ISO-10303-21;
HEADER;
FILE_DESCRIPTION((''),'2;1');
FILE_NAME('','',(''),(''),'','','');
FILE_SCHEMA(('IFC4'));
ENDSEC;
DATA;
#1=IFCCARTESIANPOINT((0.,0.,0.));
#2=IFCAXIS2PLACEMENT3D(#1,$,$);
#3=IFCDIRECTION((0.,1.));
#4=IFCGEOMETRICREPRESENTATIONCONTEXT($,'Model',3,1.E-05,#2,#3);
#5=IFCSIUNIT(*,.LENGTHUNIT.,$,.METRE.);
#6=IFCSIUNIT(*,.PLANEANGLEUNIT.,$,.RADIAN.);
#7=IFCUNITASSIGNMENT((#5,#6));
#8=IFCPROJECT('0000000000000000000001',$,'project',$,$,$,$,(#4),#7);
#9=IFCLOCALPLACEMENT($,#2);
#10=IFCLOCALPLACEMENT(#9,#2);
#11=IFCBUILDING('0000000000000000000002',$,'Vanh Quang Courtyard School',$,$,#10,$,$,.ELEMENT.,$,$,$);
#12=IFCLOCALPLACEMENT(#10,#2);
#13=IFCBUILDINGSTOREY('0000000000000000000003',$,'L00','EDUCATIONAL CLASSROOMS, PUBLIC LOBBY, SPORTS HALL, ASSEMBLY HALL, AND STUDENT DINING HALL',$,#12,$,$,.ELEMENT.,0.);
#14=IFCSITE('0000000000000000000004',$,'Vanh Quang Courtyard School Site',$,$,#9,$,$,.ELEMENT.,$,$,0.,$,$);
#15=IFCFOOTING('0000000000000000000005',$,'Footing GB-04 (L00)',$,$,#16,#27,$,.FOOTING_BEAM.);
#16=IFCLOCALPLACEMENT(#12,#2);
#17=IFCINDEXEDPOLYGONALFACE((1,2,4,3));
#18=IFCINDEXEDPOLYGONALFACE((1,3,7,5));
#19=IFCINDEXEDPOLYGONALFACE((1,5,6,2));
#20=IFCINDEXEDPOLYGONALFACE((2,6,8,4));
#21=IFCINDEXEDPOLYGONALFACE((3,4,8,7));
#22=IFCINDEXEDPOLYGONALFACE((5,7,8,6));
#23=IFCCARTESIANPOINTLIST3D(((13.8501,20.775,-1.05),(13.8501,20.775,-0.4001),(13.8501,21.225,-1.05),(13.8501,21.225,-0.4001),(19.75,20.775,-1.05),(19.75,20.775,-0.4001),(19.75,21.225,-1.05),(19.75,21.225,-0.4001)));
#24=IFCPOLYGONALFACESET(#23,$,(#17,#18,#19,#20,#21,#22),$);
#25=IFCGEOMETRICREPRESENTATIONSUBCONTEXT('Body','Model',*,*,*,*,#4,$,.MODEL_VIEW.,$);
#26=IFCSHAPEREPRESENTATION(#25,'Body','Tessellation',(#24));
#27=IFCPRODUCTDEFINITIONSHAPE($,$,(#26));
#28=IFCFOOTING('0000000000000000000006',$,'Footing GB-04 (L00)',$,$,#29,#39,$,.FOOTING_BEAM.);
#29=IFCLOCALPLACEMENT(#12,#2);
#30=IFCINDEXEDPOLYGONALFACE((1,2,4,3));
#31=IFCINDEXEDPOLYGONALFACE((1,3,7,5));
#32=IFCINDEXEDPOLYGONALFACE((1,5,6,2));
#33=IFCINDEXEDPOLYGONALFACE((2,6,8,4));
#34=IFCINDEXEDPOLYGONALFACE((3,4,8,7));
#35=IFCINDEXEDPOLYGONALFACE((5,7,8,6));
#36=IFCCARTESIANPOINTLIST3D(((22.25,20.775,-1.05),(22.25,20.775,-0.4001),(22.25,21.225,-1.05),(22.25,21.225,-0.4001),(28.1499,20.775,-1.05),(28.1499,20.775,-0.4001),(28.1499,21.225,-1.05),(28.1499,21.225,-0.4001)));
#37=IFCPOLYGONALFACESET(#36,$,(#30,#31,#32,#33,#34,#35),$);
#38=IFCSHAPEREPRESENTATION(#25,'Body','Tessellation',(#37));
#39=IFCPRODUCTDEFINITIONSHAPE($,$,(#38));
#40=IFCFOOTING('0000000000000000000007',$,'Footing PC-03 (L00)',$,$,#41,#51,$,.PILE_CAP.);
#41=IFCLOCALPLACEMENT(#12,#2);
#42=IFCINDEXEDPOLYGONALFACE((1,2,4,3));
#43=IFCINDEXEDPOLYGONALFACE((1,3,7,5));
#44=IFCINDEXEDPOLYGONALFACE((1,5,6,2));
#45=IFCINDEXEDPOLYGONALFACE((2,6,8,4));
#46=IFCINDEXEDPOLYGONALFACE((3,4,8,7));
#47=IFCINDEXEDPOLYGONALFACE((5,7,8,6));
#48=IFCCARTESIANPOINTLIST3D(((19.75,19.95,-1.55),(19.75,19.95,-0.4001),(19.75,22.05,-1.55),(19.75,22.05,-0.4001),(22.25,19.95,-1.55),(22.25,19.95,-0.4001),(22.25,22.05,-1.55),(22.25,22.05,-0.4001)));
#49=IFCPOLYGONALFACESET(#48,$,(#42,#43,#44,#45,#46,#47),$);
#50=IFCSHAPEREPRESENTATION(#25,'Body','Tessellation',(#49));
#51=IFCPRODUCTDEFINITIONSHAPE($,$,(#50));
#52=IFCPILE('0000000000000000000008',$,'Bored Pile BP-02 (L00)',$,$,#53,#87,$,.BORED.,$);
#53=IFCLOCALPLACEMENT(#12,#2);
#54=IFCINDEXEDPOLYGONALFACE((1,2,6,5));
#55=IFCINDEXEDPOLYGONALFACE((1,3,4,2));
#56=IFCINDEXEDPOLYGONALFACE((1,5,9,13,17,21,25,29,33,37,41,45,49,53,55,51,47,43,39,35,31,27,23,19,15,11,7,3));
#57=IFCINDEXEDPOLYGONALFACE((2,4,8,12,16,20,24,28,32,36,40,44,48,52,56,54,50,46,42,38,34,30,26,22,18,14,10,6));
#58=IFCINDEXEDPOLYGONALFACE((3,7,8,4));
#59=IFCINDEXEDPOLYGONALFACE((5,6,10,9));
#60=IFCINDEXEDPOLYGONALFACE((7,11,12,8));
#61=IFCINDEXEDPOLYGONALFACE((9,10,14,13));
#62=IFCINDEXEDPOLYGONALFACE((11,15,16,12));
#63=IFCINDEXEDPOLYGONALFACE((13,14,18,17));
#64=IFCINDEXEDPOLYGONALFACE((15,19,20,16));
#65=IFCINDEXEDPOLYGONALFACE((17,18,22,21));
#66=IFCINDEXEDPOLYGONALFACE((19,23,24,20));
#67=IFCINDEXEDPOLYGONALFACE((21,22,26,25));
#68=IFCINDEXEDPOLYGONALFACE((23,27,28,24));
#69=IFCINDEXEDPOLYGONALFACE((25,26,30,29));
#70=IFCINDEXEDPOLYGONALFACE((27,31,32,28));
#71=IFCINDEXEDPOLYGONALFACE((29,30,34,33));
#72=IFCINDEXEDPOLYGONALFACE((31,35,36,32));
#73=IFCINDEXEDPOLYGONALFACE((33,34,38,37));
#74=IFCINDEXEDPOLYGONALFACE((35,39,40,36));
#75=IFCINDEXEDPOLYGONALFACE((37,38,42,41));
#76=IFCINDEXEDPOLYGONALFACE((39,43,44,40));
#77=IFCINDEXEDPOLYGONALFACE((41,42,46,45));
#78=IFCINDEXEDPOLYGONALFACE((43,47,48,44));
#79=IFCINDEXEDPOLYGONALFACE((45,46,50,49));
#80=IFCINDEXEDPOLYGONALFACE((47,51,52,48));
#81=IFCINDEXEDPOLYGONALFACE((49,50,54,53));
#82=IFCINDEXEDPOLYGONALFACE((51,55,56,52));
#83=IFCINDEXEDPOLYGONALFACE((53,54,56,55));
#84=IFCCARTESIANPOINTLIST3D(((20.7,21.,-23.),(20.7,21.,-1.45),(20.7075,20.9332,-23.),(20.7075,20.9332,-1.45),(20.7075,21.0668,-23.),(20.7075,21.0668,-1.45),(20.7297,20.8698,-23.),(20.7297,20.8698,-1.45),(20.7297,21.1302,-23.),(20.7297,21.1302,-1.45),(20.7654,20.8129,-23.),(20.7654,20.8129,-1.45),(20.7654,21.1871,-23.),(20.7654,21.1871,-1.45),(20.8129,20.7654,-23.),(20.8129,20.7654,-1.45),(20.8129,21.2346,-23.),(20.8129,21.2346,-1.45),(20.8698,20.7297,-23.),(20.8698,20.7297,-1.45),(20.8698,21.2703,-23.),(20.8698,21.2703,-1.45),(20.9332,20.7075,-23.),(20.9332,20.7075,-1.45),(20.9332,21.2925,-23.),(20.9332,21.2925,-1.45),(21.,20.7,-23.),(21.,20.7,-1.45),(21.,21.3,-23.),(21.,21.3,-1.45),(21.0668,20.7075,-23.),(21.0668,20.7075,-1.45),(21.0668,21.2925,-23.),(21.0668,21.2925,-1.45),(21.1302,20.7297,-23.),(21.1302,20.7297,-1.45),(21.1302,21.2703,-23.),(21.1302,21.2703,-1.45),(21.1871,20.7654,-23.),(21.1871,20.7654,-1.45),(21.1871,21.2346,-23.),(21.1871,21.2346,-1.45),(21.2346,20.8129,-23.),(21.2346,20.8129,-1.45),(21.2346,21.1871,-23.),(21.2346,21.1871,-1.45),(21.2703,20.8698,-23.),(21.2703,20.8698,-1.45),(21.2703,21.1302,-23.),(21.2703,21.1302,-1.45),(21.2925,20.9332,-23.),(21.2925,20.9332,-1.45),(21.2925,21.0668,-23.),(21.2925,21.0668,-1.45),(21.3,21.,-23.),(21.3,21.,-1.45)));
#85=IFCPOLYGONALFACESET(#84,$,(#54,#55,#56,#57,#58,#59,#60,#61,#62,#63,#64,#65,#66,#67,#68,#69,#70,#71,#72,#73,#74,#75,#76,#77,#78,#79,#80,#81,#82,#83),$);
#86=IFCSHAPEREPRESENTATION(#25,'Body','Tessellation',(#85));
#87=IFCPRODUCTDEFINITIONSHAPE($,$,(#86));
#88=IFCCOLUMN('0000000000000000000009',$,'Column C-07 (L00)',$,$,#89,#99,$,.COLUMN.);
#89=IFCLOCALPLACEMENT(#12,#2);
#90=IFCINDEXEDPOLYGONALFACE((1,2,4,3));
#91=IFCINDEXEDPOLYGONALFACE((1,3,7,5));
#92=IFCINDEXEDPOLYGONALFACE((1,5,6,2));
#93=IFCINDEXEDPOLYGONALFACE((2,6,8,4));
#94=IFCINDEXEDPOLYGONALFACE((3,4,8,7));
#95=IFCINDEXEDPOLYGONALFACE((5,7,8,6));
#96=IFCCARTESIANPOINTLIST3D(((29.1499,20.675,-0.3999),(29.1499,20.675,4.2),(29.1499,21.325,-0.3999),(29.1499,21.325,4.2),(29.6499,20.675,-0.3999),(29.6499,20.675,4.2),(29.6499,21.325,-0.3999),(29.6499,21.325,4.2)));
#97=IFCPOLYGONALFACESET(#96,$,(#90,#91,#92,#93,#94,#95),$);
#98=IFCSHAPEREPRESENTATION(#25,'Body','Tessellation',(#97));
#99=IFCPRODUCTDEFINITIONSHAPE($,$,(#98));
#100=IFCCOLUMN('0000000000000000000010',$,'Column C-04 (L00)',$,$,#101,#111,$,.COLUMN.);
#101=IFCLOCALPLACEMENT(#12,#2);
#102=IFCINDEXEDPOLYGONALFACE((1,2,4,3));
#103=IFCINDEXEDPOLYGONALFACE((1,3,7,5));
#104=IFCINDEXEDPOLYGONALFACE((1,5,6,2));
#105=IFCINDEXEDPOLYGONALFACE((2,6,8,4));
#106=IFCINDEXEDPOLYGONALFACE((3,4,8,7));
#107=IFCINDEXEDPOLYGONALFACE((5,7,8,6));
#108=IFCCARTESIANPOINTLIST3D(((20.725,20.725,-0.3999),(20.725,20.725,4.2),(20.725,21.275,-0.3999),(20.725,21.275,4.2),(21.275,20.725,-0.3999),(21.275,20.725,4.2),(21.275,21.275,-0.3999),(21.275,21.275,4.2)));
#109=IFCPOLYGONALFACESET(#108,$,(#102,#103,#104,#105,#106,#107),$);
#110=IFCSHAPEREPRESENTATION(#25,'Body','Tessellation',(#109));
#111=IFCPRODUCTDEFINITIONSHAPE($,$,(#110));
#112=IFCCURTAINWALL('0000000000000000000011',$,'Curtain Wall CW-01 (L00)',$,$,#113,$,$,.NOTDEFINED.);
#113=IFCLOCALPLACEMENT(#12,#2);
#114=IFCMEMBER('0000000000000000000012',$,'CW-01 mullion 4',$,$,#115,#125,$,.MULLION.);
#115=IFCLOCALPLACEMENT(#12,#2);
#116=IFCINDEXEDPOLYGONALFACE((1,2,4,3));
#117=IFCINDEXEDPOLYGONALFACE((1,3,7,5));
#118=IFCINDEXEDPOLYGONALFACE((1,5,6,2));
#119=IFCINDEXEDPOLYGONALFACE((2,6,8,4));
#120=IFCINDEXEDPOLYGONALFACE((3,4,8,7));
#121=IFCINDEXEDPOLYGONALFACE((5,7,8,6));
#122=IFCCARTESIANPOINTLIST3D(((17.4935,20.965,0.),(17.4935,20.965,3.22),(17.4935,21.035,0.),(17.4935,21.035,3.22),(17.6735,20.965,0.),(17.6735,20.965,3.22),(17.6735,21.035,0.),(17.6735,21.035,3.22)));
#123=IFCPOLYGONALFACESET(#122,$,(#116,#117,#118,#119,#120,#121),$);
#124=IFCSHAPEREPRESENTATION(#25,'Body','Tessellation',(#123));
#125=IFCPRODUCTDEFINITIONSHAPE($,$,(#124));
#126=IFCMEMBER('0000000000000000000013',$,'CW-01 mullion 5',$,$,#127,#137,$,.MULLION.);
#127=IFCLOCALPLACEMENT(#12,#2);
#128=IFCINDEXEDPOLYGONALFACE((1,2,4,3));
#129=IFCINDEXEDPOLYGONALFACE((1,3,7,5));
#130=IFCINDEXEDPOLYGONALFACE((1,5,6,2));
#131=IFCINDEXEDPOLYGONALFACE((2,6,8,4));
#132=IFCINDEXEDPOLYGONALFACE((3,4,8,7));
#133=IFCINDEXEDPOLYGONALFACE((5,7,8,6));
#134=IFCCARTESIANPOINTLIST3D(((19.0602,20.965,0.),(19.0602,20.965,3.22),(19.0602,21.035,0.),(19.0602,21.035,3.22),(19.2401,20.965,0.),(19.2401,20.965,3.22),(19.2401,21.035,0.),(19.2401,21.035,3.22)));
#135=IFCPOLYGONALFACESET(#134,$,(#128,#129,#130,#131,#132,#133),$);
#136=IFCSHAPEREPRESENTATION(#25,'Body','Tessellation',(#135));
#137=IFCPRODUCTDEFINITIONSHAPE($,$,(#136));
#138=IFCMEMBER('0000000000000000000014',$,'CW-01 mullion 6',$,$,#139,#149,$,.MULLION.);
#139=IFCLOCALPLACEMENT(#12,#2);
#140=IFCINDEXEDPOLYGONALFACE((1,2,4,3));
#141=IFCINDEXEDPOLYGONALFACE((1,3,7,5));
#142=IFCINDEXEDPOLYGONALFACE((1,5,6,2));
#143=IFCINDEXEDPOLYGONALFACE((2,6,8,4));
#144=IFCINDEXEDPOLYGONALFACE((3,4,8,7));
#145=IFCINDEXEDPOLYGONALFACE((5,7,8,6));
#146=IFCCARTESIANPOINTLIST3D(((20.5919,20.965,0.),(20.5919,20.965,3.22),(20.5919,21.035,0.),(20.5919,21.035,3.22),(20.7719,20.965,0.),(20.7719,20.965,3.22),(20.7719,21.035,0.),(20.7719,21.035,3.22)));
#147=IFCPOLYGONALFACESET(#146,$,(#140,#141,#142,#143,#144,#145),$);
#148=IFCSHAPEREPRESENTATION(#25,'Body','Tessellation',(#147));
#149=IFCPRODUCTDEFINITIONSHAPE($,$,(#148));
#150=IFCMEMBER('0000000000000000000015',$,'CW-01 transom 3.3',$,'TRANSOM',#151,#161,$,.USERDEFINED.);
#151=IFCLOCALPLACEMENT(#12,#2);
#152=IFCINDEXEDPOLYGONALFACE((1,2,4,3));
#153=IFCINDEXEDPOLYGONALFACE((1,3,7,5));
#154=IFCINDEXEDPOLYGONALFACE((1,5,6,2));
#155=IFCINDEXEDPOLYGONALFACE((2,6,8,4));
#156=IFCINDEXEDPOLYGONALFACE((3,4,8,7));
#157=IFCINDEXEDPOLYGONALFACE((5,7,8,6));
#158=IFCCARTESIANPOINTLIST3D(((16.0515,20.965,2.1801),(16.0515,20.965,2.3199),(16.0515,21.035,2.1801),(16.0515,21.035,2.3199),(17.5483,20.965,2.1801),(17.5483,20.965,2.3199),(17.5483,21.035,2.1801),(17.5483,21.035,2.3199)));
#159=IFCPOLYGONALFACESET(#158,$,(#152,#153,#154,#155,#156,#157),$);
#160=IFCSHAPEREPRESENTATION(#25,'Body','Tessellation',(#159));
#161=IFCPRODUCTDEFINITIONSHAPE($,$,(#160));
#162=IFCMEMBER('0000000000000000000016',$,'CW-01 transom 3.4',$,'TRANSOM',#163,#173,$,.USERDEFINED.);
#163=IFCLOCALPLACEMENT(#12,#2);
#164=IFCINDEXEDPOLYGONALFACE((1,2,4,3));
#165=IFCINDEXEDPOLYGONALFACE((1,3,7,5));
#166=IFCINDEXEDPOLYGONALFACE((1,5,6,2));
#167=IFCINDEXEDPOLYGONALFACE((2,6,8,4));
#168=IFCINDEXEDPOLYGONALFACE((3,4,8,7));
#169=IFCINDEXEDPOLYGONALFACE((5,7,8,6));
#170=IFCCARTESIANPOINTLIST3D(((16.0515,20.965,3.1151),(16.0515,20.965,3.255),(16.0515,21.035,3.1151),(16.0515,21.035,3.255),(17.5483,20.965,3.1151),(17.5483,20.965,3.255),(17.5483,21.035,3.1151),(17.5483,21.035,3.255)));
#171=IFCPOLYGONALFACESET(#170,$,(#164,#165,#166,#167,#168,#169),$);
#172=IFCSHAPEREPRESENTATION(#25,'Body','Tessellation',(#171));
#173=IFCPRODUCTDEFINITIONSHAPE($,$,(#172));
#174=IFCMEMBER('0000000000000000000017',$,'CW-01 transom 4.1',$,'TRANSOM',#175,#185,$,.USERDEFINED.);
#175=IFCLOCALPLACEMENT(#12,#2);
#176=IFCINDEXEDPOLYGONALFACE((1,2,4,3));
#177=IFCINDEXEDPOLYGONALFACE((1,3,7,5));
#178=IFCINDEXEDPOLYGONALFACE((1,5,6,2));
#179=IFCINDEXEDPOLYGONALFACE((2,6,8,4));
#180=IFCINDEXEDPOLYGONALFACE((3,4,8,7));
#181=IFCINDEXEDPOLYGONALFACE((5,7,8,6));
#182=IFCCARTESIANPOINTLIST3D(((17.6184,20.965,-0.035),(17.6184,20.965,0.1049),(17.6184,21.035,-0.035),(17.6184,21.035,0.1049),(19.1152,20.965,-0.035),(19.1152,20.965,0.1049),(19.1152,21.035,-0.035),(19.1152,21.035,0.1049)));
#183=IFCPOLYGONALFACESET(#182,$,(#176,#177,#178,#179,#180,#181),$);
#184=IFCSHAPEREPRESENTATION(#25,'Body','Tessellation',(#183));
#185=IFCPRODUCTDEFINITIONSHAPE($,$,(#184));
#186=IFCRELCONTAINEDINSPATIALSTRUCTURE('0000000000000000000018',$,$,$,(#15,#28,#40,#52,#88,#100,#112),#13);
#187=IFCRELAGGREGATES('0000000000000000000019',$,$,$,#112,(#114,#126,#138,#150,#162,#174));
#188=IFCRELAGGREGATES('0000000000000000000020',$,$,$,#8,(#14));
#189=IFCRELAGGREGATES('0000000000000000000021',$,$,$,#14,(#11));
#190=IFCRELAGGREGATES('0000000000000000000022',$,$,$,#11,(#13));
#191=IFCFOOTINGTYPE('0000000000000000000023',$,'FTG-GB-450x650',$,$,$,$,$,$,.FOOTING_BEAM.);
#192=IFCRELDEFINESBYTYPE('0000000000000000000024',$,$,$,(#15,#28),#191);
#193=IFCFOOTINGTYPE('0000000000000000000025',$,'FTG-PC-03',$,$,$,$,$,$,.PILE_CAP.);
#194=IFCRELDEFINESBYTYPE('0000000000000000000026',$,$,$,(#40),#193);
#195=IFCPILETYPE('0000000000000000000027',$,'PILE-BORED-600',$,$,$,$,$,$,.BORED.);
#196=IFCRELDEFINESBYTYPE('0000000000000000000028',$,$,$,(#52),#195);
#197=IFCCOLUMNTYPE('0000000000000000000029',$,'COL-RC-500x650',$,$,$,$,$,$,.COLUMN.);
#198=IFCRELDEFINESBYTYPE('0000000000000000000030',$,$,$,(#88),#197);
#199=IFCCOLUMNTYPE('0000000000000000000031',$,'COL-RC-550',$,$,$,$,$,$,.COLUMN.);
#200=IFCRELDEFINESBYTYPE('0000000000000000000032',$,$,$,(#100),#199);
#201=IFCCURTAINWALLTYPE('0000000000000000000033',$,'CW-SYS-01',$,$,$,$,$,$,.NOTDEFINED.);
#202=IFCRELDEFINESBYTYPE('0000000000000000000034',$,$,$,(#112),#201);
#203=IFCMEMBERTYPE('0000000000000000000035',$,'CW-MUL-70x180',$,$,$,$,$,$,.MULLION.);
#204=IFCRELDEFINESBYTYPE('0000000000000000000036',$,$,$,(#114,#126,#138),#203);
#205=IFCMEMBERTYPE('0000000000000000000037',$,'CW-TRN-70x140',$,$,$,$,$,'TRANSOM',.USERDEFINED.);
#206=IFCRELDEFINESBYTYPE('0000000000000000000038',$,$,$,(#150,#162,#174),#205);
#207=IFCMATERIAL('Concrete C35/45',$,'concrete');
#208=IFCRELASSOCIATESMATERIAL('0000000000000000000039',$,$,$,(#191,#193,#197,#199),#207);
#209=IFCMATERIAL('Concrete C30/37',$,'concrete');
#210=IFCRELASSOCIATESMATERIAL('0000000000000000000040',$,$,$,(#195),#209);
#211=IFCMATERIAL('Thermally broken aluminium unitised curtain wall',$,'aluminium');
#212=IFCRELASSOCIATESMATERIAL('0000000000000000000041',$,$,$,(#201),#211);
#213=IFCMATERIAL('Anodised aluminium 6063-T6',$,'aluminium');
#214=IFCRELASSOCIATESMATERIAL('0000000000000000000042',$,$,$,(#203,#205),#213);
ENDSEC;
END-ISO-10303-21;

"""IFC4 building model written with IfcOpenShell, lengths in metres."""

from ifc_helpers import new_model, si_unit, direction, frame, origin, origin_2d, place, context, subcontext, project, spatial, rectangle, circle, extrude, material, material_profile, profile_set, type_object, element, aggregate, save


model = new_model("IFC4")

# Units and contexts
model_context = context("Model", 3, precision=1e-05, world=origin(), true_north=direction((0.0, 1.0)))
body_context = subcontext(model_context, "Body", "Model", "MODEL_VIEW")
ifc_project = project(units=[si_unit("LENGTHUNIT", "METRE"), si_unit("PLANEANGLEUNIT", "RADIAN")], contexts=[model_context])

# Site, building, storey
site_placement = place(None, origin())
site = spatial("IfcSite", under=ifc_project, at=site_placement, Name="Vanh Quang Courtyard School Site", CompositionType="ELEMENT", RefElevation=0.0)
building_placement = place(site_placement, origin())
building = spatial("IfcBuilding", under=site, at=building_placement, Name="Vanh Quang Courtyard School", CompositionType="ELEMENT")
storey_placement = place(building_placement, origin())
storey = spatial("IfcBuildingStorey", under=building, at=storey_placement, Name="L00", Description="EDUCATIONAL CLASSROOMS, PUBLIC LOBBY, SPORTS HALL, ASSEMBLY HALL, AND STUDENT DINING HALL", CompositionType="ELEMENT", Elevation=0.0)

# Footings
ifc_material_1 = material(Name="Concrete C35/45", Category="concrete")
footing_type_1 = type_object("IfcFootingType", Name="FTG-GB-450x650", PredefinedType="FOOTING_BEAM", material=ifc_material_1)
for number, where, z_axis, x_axis, name in (
    (1, (16.8, 21.0, -1.05), (0.0, 0.0, 1.0), (1.0, 0.0, 0.0), "Footing GB-04 (L00)"),
    (2, (25.2, 21.0, -1.05), (0.0, 0.0, 1.0), (1.0, 0.0, 0.0), "Footing GB-04 (L00)"),
):
    element("IfcFooting", number, at=place(storey_placement, frame(where, z_axis=z_axis, x_axis=x_axis)), inside=storey, type_object=footing_type_1, Name=name, PredefinedType="FOOTING_BEAM", context=body_context, shape_type="SweptSolid", body=[
        extrude(rectangle(XDim=5.8999, YDim=0.45, at=origin_2d()), origin(), (0.0, 0.0, 1.0), 0.6499),
    ])
footing_type_2 = type_object("IfcFootingType", Name="FTG-PC-03", PredefinedType="PILE_CAP", material=ifc_material_1)
footing_placement = place(storey_placement, frame((21.0, 21.0, -1.55), z_axis=(0.0, 0.0, 1.0), x_axis=(1.0, 0.0, 0.0)))
element("IfcFooting", 3, at=footing_placement, inside=storey, type_object=footing_type_2, Name="Footing PC-03 (L00)", PredefinedType="PILE_CAP", context=body_context, shape_type="SweptSolid", body=[
    extrude(rectangle(XDim=2.5, YDim=2.1001, at=origin_2d()), origin(), (0.0, 0.0, 1.0), 1.1499),
])

# Pile
ifc_material_2 = material(Name="Concrete C30/37", Category="concrete")
ifc_material_profile_1 = material_profile(ifc_material_2, circle(Radius=0.3, at=origin_2d()), Name="PILE D600")
ifc_profile_set_1 = profile_set([ifc_material_profile_1], Name="Concrete C30/37")
pile_type = type_object("IfcPileType", Name="PILE-BORED-600", PredefinedType="BORED", material=ifc_profile_set_1)
pile_placement = place(storey_placement, frame((21.0, 21.0, -1.45), z_axis=(0.0, 0.0, -1.0), x_axis=(1.0, 0.0, 0.0)))
element("IfcPile", 4, at=pile_placement, inside=storey, type_object=pile_type, Name="Bored Pile BP-02 (L00)", PredefinedType="BORED", context=body_context, shape_type="SweptSolid", body=[
    extrude(circle(Radius=0.3, at=origin_2d()), origin(), (0.0, 0.0, 1.0), 21.55),
])

# Columns
ifc_material_profile_2 = material_profile(ifc_material_1, rectangle(XDim=0.5, YDim=0.6499, at=origin_2d()), Name="RC-COL 500x650")
ifc_profile_set_2 = profile_set([ifc_material_profile_2], Name="Concrete C35/45")
column_type_1 = type_object("IfcColumnType", Name="COL-RC-500x650", PredefinedType="COLUMN", material=ifc_profile_set_2)
column_1_placement = place(storey_placement, frame((29.3999, 21.0, -0.3999), z_axis=(0.0, 0.0, 1.0), x_axis=(1.0, 0.0, 0.0)))
element("IfcColumn", 5, at=column_1_placement, inside=storey, type_object=column_type_1, Name="Column C-07 (L00)", PredefinedType="COLUMN", context=body_context, shape_type="SweptSolid", body=[
    extrude(rectangle(XDim=0.5, YDim=0.6499, at=origin_2d()), origin(), (0.0, 0.0, 1.0), 4.5999),
])
ifc_material_profile_3 = material_profile(ifc_material_1, rectangle(XDim=0.55, YDim=0.55, at=origin_2d()), Name="RC-COL 550x550")
ifc_profile_set_3 = profile_set([ifc_material_profile_3], Name="Concrete C35/45")
column_type_2 = type_object("IfcColumnType", Name="COL-RC-550", PredefinedType="COLUMN", material=ifc_profile_set_3)
column_2_placement = place(storey_placement, frame((21.0, 21.0, -0.3999), z_axis=(0.0, 0.0, 1.0), x_axis=(1.0, 0.0, 0.0)))
element("IfcColumn", 6, at=column_2_placement, inside=storey, type_object=column_type_2, Name="Column C-04 (L00)", PredefinedType="COLUMN", context=body_context, shape_type="SweptSolid", body=[
    extrude(rectangle(XDim=0.55, YDim=0.55, at=origin_2d()), origin(), (0.0, 0.0, 1.0), 4.5999),
])

# Curtain wall, members
ifc_material_3 = material(Name="Thermally broken aluminium unitised curtain wall", Category="aluminium")
curtain_wall_type = type_object("IfcCurtainWallType", Name="CW-SYS-01", PredefinedType="NOTDEFINED", material=ifc_material_3)
curtain_wall_placement = place(storey_placement, origin())
curtain_wall = element("IfcCurtainWall", 7, at=curtain_wall_placement, inside=storey, type_object=curtain_wall_type, Name="Curtain Wall CW-01 (L00)", PredefinedType="NOTDEFINED")
ifc_material_4 = material(Name="Anodised aluminium 6063-T6", Category="aluminium")
ifc_material_profile_4 = material_profile(ifc_material_4, rectangle(XDim=0.0701, YDim=0.1799, at=origin_2d()), Name="ALU-MUL 70x180")
ifc_profile_set_4 = profile_set([ifc_material_profile_4], Name="Anodised aluminium 6063-T6")
member_type_1 = type_object("IfcMemberType", Name="CW-MUL-70x180", PredefinedType="MULLION", material=ifc_profile_set_4)
member_1_placement = place(storey_placement, frame((17.5835, 21.0, 0.0), z_axis=(0.0, 0.0, 1.0), x_axis=(0.0, 1.0, 0.0)))
member_1 = element("IfcMember", 8, at=member_1_placement, type_object=member_type_1, Name="CW-01 mullion 4", PredefinedType="MULLION", context=body_context, shape_type="SweptSolid", body=[
    extrude(rectangle(XDim=0.0701, YDim=0.1799, at=origin_2d()), origin(), (0.0, 0.0, 1.0), 3.22),
])
member_2_placement = place(storey_placement, frame((19.1501, 21.0, 0.0), z_axis=(0.0, 0.0, 1.0), x_axis=(0.0, 1.0, 0.0)))
member_2 = element("IfcMember", 9, at=member_2_placement, type_object=member_type_1, Name="CW-01 mullion 5", PredefinedType="MULLION", context=body_context, shape_type="SweptSolid", body=[
    extrude(rectangle(XDim=0.0701, YDim=0.1799, at=origin_2d()), origin(), (0.0, 0.0, 1.0), 3.22),
])
member_3_placement = place(storey_placement, frame((20.6819, 21.0, 0.0), z_axis=(0.0, 0.0, 1.0), x_axis=(0.0, 1.0, 0.0)))
member_3 = element("IfcMember", 10, at=member_3_placement, type_object=member_type_1, Name="CW-01 mullion 6", PredefinedType="MULLION", context=body_context, shape_type="SweptSolid", body=[
    extrude(rectangle(XDim=0.0701, YDim=0.1799, at=origin_2d()), origin(), (0.0, 0.0, 1.0), 3.22),
])
ifc_material_profile_5 = material_profile(ifc_material_4, rectangle(XDim=0.0701, YDim=0.1399, at=origin_2d()), Name="ALU-TRN 70x140")
ifc_profile_set_5 = profile_set([ifc_material_profile_5], Name="Anodised aluminium 6063-T6")
member_type_2 = type_object("IfcMemberType", Name="CW-TRN-70x140", ElementType="TRANSOM", PredefinedType="USERDEFINED", material=ifc_profile_set_5)
member_4_placement = place(storey_placement, frame((16.0515, 21.0, 2.25), z_axis=(1.0, 0.0, 0.0), x_axis=(0.0, 1.0, 0.0)))
member_4 = element("IfcMember", 11, at=member_4_placement, type_object=member_type_2, Name="CW-01 transom 3.3", ObjectType="TRANSOM", PredefinedType="USERDEFINED", context=body_context, shape_type="SweptSolid", body=[
    extrude(rectangle(XDim=0.0701, YDim=0.1399, at=origin_2d()), origin(), (0.0, 0.0, 1.0), 1.4968),
])
member_5_placement = place(storey_placement, frame((16.0515, 21.0, 3.1851), z_axis=(1.0, 0.0, 0.0), x_axis=(0.0, 1.0, 0.0)))
member_5 = element("IfcMember", 12, at=member_5_placement, type_object=member_type_2, Name="CW-01 transom 3.4", ObjectType="TRANSOM", PredefinedType="USERDEFINED", context=body_context, shape_type="SweptSolid", body=[
    extrude(rectangle(XDim=0.0701, YDim=0.1399, at=origin_2d()), origin(), (0.0, 0.0, 1.0), 1.4968),
])
member_6_placement = place(storey_placement, frame((17.6184, 21.0, 0.0349), z_axis=(1.0, 0.0, 0.0), x_axis=(0.0, 1.0, 0.0)))
member_6 = element("IfcMember", 13, at=member_6_placement, type_object=member_type_2, Name="CW-01 transom 4.1", ObjectType="TRANSOM", PredefinedType="USERDEFINED", context=body_context, shape_type="SweptSolid", body=[
    extrude(rectangle(XDim=0.0701, YDim=0.1399, at=origin_2d()), origin(), (0.0, 0.0, 1.0), 1.4968),
])
aggregate(curtain_wall, [member_1, member_2, member_3, member_4, member_5, member_6])

save(model, "model.ifc")
